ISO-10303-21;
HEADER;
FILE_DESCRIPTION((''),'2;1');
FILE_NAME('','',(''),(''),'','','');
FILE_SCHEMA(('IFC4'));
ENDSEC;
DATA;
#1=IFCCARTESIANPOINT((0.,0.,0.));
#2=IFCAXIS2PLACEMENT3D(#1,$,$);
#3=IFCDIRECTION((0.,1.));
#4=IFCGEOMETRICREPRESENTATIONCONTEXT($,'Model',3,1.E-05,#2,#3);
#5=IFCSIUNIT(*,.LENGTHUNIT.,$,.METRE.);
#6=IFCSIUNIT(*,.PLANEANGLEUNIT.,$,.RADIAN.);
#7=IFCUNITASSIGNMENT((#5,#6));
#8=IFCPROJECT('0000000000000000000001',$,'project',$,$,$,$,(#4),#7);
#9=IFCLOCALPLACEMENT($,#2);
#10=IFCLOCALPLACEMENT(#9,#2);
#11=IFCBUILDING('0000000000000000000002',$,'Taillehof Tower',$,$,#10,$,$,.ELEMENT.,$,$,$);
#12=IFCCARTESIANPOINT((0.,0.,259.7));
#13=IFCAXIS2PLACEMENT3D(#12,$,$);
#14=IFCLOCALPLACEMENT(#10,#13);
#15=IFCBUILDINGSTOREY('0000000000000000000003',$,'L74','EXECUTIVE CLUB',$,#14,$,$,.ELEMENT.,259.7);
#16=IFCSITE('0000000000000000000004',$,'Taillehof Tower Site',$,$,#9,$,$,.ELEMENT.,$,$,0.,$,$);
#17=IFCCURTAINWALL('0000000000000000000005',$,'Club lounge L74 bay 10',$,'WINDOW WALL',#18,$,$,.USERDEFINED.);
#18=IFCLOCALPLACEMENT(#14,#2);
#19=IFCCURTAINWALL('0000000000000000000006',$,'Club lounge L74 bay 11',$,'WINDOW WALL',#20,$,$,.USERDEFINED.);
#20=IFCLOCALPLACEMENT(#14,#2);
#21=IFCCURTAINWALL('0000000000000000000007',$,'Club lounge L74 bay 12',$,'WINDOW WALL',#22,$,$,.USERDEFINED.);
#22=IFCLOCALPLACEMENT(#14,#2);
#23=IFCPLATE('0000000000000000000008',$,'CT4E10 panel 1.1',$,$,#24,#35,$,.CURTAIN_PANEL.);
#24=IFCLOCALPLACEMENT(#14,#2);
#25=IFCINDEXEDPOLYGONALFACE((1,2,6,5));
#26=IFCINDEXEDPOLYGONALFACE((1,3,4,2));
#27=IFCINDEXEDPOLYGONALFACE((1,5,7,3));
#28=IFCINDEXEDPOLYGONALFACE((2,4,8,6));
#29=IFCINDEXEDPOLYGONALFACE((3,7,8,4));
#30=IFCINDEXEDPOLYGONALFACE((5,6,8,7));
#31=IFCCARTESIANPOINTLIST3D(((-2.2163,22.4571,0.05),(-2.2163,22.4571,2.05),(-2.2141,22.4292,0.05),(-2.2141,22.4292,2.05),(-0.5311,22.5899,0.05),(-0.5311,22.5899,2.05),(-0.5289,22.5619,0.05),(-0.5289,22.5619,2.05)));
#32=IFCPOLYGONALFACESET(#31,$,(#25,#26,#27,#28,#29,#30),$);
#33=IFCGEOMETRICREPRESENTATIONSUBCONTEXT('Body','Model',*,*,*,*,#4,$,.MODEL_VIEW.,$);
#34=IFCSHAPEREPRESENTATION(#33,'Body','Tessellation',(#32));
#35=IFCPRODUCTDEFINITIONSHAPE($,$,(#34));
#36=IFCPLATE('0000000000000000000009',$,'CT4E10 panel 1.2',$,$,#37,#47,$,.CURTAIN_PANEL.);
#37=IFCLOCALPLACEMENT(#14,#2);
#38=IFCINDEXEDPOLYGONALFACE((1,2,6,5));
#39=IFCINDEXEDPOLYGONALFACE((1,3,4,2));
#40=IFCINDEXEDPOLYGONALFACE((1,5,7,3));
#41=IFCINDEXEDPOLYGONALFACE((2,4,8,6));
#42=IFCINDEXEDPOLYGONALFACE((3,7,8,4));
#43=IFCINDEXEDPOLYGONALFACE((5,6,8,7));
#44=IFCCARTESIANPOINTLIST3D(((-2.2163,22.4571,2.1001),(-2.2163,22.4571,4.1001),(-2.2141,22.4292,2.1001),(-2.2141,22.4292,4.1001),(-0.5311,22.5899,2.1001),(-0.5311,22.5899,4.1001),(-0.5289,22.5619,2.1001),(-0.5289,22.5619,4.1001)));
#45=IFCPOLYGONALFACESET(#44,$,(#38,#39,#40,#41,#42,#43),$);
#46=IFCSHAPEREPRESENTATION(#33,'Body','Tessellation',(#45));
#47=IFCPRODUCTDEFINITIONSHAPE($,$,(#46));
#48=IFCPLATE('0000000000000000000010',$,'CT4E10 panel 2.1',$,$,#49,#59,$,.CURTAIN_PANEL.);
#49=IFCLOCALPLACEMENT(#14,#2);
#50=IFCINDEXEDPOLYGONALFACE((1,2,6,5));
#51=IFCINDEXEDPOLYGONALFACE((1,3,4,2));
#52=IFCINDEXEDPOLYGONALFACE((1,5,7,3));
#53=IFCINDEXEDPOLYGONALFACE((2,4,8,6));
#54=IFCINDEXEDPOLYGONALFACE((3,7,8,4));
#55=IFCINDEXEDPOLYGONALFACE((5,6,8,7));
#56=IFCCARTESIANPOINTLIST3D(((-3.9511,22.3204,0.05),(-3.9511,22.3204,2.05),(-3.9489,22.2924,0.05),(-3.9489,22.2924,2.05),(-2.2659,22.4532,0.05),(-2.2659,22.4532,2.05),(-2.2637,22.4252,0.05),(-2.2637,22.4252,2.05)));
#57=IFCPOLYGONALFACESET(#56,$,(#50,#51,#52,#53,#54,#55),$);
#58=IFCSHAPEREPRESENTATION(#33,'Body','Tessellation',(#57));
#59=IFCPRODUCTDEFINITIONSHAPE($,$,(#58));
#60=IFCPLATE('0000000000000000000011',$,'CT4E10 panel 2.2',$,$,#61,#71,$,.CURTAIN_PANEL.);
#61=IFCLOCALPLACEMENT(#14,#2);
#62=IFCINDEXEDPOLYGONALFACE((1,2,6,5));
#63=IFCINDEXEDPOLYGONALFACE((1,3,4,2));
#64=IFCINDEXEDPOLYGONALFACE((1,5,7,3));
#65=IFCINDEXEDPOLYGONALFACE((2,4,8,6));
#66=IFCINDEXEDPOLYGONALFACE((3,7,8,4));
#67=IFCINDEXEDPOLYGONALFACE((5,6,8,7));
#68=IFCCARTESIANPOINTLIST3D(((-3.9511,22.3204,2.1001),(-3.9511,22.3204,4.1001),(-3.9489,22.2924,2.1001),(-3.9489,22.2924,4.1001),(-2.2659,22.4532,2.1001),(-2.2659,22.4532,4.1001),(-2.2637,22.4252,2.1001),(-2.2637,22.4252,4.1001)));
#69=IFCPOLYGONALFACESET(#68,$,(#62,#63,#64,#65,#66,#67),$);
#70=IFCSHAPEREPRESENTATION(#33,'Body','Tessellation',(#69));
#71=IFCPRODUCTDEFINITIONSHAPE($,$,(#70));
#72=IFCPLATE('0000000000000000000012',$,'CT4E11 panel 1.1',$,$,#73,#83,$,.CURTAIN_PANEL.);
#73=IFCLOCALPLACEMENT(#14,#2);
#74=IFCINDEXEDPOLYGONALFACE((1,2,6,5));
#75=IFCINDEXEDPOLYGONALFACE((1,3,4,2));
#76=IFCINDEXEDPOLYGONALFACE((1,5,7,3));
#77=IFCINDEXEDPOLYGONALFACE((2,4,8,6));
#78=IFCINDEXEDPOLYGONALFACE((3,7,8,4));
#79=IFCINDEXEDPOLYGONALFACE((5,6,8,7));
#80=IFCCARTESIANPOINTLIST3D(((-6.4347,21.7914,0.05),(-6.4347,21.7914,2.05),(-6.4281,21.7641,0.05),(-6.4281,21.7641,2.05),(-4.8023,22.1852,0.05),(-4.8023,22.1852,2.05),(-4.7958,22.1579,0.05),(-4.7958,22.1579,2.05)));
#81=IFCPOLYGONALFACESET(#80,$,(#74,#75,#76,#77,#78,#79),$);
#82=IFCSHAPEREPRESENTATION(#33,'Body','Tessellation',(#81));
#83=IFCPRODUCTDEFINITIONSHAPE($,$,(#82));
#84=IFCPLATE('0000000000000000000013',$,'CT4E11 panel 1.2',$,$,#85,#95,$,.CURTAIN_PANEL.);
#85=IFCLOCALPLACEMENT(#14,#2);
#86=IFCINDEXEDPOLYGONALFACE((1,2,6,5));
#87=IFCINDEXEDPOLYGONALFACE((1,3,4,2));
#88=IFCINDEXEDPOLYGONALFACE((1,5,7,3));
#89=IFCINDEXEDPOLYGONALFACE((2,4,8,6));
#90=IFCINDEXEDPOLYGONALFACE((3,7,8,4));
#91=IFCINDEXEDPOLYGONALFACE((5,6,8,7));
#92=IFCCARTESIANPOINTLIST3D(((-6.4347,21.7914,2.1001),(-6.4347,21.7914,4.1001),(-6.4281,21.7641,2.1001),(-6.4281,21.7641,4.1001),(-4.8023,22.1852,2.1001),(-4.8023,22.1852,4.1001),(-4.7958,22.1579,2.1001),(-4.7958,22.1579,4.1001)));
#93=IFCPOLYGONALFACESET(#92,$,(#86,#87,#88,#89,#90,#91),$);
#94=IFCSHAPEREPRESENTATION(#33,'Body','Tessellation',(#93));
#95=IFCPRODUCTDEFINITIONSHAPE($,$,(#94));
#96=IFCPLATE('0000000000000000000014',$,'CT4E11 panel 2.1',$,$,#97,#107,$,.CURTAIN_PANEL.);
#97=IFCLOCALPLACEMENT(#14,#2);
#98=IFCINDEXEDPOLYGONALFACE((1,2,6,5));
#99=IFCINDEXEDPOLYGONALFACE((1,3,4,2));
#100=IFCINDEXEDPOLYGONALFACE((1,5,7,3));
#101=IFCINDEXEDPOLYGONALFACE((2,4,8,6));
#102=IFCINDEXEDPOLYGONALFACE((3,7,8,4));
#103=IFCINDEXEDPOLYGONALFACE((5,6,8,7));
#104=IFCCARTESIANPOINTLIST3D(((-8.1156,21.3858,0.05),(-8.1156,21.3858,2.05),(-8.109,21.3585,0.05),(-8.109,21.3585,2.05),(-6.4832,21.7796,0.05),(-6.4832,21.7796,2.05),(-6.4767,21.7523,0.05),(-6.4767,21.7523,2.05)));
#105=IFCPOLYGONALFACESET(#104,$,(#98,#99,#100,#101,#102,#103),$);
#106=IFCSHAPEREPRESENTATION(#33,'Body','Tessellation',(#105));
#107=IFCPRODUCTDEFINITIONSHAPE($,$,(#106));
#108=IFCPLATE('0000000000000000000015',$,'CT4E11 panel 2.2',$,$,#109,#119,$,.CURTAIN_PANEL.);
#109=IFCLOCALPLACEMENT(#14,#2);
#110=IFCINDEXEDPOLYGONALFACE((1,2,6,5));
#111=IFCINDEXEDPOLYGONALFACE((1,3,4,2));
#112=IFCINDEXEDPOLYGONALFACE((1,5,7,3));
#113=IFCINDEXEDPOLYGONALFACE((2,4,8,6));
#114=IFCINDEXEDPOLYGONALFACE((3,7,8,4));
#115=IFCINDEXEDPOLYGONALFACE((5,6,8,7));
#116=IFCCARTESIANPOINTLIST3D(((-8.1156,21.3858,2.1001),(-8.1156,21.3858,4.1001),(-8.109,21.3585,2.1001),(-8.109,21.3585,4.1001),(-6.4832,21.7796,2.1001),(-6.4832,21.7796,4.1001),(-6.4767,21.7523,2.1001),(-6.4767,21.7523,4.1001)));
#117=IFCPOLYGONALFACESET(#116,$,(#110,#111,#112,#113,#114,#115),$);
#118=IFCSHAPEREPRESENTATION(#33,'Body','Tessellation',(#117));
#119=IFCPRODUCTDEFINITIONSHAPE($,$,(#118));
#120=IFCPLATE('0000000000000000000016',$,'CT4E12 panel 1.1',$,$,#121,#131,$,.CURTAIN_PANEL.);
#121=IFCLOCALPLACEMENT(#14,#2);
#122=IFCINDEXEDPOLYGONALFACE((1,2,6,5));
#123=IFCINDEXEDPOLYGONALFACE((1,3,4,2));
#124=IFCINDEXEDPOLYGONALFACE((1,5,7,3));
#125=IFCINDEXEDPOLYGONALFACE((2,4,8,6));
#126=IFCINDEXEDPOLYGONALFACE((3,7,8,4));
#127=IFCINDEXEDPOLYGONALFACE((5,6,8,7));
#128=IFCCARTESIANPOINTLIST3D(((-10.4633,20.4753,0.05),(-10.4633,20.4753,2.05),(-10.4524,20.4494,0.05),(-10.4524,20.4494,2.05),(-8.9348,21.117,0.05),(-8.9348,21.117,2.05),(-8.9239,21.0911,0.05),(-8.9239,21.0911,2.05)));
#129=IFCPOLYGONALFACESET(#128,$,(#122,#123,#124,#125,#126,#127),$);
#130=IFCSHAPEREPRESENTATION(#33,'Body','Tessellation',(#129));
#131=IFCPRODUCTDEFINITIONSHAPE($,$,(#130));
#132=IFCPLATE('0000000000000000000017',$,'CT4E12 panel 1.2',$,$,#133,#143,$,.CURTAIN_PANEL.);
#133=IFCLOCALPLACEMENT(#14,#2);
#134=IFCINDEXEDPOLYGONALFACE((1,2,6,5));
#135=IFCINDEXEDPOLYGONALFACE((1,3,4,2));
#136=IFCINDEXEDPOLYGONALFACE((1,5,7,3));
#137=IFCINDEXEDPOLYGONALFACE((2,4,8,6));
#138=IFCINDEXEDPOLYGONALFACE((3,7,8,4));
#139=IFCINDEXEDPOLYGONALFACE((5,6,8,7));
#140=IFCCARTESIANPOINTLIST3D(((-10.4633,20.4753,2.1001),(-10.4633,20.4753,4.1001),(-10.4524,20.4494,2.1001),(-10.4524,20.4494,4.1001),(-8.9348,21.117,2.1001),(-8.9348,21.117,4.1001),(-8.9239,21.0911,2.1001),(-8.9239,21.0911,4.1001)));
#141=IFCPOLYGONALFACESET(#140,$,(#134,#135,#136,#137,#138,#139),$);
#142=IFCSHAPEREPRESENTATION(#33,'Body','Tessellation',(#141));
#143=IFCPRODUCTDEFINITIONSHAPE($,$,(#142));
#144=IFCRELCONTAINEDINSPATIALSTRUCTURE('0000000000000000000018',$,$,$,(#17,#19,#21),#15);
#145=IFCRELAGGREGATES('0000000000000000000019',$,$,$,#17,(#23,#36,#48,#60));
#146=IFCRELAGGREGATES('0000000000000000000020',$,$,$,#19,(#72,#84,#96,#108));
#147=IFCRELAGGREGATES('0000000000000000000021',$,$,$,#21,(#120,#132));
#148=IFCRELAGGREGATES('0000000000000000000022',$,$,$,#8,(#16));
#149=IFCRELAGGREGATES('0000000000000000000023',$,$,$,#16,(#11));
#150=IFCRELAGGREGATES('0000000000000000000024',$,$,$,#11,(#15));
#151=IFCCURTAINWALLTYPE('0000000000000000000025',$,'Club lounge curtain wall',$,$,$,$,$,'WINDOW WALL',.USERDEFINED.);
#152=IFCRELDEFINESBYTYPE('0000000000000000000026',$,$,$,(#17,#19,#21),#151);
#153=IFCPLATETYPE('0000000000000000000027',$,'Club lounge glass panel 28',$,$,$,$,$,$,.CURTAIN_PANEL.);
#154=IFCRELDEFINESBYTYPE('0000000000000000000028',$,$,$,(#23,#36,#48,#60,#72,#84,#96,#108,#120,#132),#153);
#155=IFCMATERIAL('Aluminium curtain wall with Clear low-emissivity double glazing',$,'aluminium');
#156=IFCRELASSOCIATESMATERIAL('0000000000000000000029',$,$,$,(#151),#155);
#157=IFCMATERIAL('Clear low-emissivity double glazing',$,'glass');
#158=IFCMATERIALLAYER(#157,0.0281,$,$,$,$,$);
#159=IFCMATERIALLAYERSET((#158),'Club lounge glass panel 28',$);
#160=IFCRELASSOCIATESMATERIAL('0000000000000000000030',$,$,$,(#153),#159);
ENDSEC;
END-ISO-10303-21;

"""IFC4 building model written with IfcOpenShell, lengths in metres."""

from ifc_helpers import new_model, si_unit, direction, frame, origin, origin_2d, place, context, subcontext, project, spatial, rectangle, extrude, material, layer, layer_set, type_object, element, aggregate, save


model = new_model("IFC4")

# Units and contexts
model_context = context("Model", 3, precision=1e-05, world=origin(), true_north=direction((0.0, 1.0)))
body_context = subcontext(model_context, "Body", "Model", "MODEL_VIEW")
ifc_project = project(units=[si_unit("LENGTHUNIT", "METRE"), si_unit("PLANEANGLEUNIT", "RADIAN")], contexts=[model_context])

# Site, building, storey
site_placement = place(None, origin())
site = spatial("IfcSite", under=ifc_project, at=site_placement, Name="Taillehof Tower Site", CompositionType="ELEMENT", RefElevation=0.0)
building_placement = place(site_placement, origin())
building = spatial("IfcBuilding", under=site, at=building_placement, Name="Taillehof Tower", CompositionType="ELEMENT")
storey_placement = place(building_placement, frame((0.0, 0.0, 259.7)))
storey = spatial("IfcBuildingStorey", under=building, at=storey_placement, Name="L74", Description="EXECUTIVE CLUB", CompositionType="ELEMENT", Elevation=259.7)

# Curtain walls
ifc_material_1 = material(Name="Aluminium curtain wall with Clear low-emissivity double glazing", Category="aluminium")
curtain_wall_type = type_object("IfcCurtainWallType", Name="Club lounge curtain wall", ElementType="WINDOW WALL", PredefinedType="USERDEFINED", material=ifc_material_1)
curtain_wall_1_placement = place(storey_placement, origin())
curtain_wall_1 = element("IfcCurtainWall", 1, at=curtain_wall_1_placement, inside=storey, type_object=curtain_wall_type, Name="Club lounge L74 bay 10", ObjectType="WINDOW WALL", PredefinedType="USERDEFINED")
curtain_wall_2_placement = place(storey_placement, origin())
curtain_wall_2 = element("IfcCurtainWall", 2, at=curtain_wall_2_placement, inside=storey, type_object=curtain_wall_type, Name="Club lounge L74 bay 11", ObjectType="WINDOW WALL", PredefinedType="USERDEFINED")
curtain_wall_3_placement = place(storey_placement, origin())
curtain_wall_3 = element("IfcCurtainWall", 3, at=curtain_wall_3_placement, inside=storey, type_object=curtain_wall_type, Name="Club lounge L74 bay 12", ObjectType="WINDOW WALL", PredefinedType="USERDEFINED")

# Plates
ifc_material_2 = material(Name="Clear low-emissivity double glazing", Category="glass")
ifc_layer = layer(ifc_material_2, 0.0281)
ifc_layer_set = layer_set([ifc_layer], Name="Club lounge glass panel 28")
plate_type = type_object("IfcPlateType", Name="Club lounge glass panel 28", PredefinedType="CURTAIN_PANEL", material=ifc_layer_set)
plate_1_placement = place(storey_placement, frame((-1.3726, 22.5095, 0.05), z_axis=(0.0, 0.0, 1.0), x_axis=(-0.996912, -0.078525, 0.0)))
plate_1 = element("IfcPlate", 4, at=plate_1_placement, type_object=plate_type, Name="CT4E10 panel 1.1", PredefinedType="CURTAIN_PANEL", context=body_context, shape_type="SweptSolid", body=[
    extrude(rectangle(XDim=1.6904, YDim=0.0281, at=origin_2d()), origin(), (0.0, 0.0, 1.0), 2.0),
])
plate_2_placement = place(storey_placement, frame((-1.3726, 22.5095, 2.1001), z_axis=(0.0, 0.0, 1.0), x_axis=(-0.996912, -0.078525, 0.0)))
plate_2 = element("IfcPlate", 5, at=plate_2_placement, type_object=plate_type, Name="CT4E10 panel 1.2", PredefinedType="CURTAIN_PANEL", context=body_context, shape_type="SweptSolid", body=[
    extrude(rectangle(XDim=1.6904, YDim=0.0281, at=origin_2d()), origin(), (0.0, 0.0, 1.0), 2.0),
])
plate_3_placement = place(storey_placement, frame((-3.1074, 22.3728, 0.05), z_axis=(0.0, 0.0, 1.0), x_axis=(-0.996912, -0.078525, 0.0)))
plate_3 = element("IfcPlate", 6, at=plate_3_placement, type_object=plate_type, Name="CT4E10 panel 2.1", PredefinedType="CURTAIN_PANEL", context=body_context, shape_type="SweptSolid", body=[
    extrude(rectangle(XDim=1.6904, YDim=0.0281, at=origin_2d()), origin(), (0.0, 0.0, 1.0), 2.0),
])
plate_4_placement = place(storey_placement, frame((-3.1074, 22.3728, 2.1001), z_axis=(0.0, 0.0, 1.0), x_axis=(-0.996912, -0.078525, 0.0)))
plate_4 = element("IfcPlate", 7, at=plate_4_placement, type_object=plate_type, Name="CT4E10 panel 2.2", PredefinedType="CURTAIN_PANEL", context=body_context, shape_type="SweptSolid", body=[
    extrude(rectangle(XDim=1.6904, YDim=0.0281, at=origin_2d()), origin(), (0.0, 0.0, 1.0), 2.0),
])
aggregate(curtain_wall_1, [plate_1, plate_2, plate_3, plate_4])
plate_5_placement = place(storey_placement, frame((-5.6152, 21.9746, 0.05), z_axis=(0.0, 0.0, 1.0), x_axis=(-0.972113, -0.234515, 0.0)))
plate_5 = element("IfcPlate", 8, at=plate_5_placement, type_object=plate_type, Name="CT4E11 panel 1.1", PredefinedType="CURTAIN_PANEL", context=body_context, shape_type="SweptSolid", body=[
    extrude(rectangle(XDim=1.6792, YDim=0.0281, at=origin_2d()), origin(), (0.0, 0.0, 1.0), 2.0),
])
plate_6_placement = place(storey_placement, frame((-5.6152, 21.9746, 2.1001), z_axis=(0.0, 0.0, 1.0), x_axis=(-0.972113, -0.234515, 0.0)))
plate_6 = element("IfcPlate", 9, at=plate_6_placement, type_object=plate_type, Name="CT4E11 panel 1.2", PredefinedType="CURTAIN_PANEL", context=body_context, shape_type="SweptSolid", body=[
    extrude(rectangle(XDim=1.6792, YDim=0.0281, at=origin_2d()), origin(), (0.0, 0.0, 1.0), 2.0),
])
plate_7_placement = place(storey_placement, frame((-7.2961, 21.5691, 0.05), z_axis=(0.0, 0.0, 1.0), x_axis=(-0.972113, -0.234515, 0.0)))
plate_7 = element("IfcPlate", 10, at=plate_7_placement, type_object=plate_type, Name="CT4E11 panel 2.1", PredefinedType="CURTAIN_PANEL", context=body_context, shape_type="SweptSolid", body=[
    extrude(rectangle(XDim=1.6792, YDim=0.0281, at=origin_2d()), origin(), (0.0, 0.0, 1.0), 2.0),
])
plate_8_placement = place(storey_placement, frame((-7.2961, 21.5691, 2.1001), z_axis=(0.0, 0.0, 1.0), x_axis=(-0.972113, -0.234515, 0.0)))
plate_8 = element("IfcPlate", 11, at=plate_8_placement, type_object=plate_type, Name="CT4E11 panel 2.2", PredefinedType="CURTAIN_PANEL", context=body_context, shape_type="SweptSolid", body=[
    extrude(rectangle(XDim=1.6792, YDim=0.0281, at=origin_2d()), origin(), (0.0, 0.0, 1.0), 2.0),
])
aggregate(curtain_wall_2, [plate_5, plate_6, plate_7, plate_8])
plate_9_placement = place(storey_placement, frame((-9.6936, 20.7832, 0.05), z_axis=(0.0, 0.0, 1.0), x_axis=(-0.922037, -0.387101, 0.0)))
plate_9 = element("IfcPlate", 12, at=plate_9_placement, type_object=plate_type, Name="CT4E12 panel 1.1", PredefinedType="CURTAIN_PANEL", context=body_context, shape_type="SweptSolid", body=[
    extrude(rectangle(XDim=1.6577, YDim=0.0281, at=origin_2d()), origin(), (0.0, 0.0, 1.0), 2.0),
])
plate_10_placement = place(storey_placement, frame((-9.6936, 20.7832, 2.1001), z_axis=(0.0, 0.0, 1.0), x_axis=(-0.922037, -0.387101, 0.0)))
plate_10 = element("IfcPlate", 13, at=plate_10_placement, type_object=plate_type, Name="CT4E12 panel 1.2", PredefinedType="CURTAIN_PANEL", context=body_context, shape_type="SweptSolid", body=[
    extrude(rectangle(XDim=1.6577, YDim=0.0281, at=origin_2d()), origin(), (0.0, 0.0, 1.0), 2.0),
])
aggregate(curtain_wall_3, [plate_9, plate_10])

save(model, "model.ifc")
